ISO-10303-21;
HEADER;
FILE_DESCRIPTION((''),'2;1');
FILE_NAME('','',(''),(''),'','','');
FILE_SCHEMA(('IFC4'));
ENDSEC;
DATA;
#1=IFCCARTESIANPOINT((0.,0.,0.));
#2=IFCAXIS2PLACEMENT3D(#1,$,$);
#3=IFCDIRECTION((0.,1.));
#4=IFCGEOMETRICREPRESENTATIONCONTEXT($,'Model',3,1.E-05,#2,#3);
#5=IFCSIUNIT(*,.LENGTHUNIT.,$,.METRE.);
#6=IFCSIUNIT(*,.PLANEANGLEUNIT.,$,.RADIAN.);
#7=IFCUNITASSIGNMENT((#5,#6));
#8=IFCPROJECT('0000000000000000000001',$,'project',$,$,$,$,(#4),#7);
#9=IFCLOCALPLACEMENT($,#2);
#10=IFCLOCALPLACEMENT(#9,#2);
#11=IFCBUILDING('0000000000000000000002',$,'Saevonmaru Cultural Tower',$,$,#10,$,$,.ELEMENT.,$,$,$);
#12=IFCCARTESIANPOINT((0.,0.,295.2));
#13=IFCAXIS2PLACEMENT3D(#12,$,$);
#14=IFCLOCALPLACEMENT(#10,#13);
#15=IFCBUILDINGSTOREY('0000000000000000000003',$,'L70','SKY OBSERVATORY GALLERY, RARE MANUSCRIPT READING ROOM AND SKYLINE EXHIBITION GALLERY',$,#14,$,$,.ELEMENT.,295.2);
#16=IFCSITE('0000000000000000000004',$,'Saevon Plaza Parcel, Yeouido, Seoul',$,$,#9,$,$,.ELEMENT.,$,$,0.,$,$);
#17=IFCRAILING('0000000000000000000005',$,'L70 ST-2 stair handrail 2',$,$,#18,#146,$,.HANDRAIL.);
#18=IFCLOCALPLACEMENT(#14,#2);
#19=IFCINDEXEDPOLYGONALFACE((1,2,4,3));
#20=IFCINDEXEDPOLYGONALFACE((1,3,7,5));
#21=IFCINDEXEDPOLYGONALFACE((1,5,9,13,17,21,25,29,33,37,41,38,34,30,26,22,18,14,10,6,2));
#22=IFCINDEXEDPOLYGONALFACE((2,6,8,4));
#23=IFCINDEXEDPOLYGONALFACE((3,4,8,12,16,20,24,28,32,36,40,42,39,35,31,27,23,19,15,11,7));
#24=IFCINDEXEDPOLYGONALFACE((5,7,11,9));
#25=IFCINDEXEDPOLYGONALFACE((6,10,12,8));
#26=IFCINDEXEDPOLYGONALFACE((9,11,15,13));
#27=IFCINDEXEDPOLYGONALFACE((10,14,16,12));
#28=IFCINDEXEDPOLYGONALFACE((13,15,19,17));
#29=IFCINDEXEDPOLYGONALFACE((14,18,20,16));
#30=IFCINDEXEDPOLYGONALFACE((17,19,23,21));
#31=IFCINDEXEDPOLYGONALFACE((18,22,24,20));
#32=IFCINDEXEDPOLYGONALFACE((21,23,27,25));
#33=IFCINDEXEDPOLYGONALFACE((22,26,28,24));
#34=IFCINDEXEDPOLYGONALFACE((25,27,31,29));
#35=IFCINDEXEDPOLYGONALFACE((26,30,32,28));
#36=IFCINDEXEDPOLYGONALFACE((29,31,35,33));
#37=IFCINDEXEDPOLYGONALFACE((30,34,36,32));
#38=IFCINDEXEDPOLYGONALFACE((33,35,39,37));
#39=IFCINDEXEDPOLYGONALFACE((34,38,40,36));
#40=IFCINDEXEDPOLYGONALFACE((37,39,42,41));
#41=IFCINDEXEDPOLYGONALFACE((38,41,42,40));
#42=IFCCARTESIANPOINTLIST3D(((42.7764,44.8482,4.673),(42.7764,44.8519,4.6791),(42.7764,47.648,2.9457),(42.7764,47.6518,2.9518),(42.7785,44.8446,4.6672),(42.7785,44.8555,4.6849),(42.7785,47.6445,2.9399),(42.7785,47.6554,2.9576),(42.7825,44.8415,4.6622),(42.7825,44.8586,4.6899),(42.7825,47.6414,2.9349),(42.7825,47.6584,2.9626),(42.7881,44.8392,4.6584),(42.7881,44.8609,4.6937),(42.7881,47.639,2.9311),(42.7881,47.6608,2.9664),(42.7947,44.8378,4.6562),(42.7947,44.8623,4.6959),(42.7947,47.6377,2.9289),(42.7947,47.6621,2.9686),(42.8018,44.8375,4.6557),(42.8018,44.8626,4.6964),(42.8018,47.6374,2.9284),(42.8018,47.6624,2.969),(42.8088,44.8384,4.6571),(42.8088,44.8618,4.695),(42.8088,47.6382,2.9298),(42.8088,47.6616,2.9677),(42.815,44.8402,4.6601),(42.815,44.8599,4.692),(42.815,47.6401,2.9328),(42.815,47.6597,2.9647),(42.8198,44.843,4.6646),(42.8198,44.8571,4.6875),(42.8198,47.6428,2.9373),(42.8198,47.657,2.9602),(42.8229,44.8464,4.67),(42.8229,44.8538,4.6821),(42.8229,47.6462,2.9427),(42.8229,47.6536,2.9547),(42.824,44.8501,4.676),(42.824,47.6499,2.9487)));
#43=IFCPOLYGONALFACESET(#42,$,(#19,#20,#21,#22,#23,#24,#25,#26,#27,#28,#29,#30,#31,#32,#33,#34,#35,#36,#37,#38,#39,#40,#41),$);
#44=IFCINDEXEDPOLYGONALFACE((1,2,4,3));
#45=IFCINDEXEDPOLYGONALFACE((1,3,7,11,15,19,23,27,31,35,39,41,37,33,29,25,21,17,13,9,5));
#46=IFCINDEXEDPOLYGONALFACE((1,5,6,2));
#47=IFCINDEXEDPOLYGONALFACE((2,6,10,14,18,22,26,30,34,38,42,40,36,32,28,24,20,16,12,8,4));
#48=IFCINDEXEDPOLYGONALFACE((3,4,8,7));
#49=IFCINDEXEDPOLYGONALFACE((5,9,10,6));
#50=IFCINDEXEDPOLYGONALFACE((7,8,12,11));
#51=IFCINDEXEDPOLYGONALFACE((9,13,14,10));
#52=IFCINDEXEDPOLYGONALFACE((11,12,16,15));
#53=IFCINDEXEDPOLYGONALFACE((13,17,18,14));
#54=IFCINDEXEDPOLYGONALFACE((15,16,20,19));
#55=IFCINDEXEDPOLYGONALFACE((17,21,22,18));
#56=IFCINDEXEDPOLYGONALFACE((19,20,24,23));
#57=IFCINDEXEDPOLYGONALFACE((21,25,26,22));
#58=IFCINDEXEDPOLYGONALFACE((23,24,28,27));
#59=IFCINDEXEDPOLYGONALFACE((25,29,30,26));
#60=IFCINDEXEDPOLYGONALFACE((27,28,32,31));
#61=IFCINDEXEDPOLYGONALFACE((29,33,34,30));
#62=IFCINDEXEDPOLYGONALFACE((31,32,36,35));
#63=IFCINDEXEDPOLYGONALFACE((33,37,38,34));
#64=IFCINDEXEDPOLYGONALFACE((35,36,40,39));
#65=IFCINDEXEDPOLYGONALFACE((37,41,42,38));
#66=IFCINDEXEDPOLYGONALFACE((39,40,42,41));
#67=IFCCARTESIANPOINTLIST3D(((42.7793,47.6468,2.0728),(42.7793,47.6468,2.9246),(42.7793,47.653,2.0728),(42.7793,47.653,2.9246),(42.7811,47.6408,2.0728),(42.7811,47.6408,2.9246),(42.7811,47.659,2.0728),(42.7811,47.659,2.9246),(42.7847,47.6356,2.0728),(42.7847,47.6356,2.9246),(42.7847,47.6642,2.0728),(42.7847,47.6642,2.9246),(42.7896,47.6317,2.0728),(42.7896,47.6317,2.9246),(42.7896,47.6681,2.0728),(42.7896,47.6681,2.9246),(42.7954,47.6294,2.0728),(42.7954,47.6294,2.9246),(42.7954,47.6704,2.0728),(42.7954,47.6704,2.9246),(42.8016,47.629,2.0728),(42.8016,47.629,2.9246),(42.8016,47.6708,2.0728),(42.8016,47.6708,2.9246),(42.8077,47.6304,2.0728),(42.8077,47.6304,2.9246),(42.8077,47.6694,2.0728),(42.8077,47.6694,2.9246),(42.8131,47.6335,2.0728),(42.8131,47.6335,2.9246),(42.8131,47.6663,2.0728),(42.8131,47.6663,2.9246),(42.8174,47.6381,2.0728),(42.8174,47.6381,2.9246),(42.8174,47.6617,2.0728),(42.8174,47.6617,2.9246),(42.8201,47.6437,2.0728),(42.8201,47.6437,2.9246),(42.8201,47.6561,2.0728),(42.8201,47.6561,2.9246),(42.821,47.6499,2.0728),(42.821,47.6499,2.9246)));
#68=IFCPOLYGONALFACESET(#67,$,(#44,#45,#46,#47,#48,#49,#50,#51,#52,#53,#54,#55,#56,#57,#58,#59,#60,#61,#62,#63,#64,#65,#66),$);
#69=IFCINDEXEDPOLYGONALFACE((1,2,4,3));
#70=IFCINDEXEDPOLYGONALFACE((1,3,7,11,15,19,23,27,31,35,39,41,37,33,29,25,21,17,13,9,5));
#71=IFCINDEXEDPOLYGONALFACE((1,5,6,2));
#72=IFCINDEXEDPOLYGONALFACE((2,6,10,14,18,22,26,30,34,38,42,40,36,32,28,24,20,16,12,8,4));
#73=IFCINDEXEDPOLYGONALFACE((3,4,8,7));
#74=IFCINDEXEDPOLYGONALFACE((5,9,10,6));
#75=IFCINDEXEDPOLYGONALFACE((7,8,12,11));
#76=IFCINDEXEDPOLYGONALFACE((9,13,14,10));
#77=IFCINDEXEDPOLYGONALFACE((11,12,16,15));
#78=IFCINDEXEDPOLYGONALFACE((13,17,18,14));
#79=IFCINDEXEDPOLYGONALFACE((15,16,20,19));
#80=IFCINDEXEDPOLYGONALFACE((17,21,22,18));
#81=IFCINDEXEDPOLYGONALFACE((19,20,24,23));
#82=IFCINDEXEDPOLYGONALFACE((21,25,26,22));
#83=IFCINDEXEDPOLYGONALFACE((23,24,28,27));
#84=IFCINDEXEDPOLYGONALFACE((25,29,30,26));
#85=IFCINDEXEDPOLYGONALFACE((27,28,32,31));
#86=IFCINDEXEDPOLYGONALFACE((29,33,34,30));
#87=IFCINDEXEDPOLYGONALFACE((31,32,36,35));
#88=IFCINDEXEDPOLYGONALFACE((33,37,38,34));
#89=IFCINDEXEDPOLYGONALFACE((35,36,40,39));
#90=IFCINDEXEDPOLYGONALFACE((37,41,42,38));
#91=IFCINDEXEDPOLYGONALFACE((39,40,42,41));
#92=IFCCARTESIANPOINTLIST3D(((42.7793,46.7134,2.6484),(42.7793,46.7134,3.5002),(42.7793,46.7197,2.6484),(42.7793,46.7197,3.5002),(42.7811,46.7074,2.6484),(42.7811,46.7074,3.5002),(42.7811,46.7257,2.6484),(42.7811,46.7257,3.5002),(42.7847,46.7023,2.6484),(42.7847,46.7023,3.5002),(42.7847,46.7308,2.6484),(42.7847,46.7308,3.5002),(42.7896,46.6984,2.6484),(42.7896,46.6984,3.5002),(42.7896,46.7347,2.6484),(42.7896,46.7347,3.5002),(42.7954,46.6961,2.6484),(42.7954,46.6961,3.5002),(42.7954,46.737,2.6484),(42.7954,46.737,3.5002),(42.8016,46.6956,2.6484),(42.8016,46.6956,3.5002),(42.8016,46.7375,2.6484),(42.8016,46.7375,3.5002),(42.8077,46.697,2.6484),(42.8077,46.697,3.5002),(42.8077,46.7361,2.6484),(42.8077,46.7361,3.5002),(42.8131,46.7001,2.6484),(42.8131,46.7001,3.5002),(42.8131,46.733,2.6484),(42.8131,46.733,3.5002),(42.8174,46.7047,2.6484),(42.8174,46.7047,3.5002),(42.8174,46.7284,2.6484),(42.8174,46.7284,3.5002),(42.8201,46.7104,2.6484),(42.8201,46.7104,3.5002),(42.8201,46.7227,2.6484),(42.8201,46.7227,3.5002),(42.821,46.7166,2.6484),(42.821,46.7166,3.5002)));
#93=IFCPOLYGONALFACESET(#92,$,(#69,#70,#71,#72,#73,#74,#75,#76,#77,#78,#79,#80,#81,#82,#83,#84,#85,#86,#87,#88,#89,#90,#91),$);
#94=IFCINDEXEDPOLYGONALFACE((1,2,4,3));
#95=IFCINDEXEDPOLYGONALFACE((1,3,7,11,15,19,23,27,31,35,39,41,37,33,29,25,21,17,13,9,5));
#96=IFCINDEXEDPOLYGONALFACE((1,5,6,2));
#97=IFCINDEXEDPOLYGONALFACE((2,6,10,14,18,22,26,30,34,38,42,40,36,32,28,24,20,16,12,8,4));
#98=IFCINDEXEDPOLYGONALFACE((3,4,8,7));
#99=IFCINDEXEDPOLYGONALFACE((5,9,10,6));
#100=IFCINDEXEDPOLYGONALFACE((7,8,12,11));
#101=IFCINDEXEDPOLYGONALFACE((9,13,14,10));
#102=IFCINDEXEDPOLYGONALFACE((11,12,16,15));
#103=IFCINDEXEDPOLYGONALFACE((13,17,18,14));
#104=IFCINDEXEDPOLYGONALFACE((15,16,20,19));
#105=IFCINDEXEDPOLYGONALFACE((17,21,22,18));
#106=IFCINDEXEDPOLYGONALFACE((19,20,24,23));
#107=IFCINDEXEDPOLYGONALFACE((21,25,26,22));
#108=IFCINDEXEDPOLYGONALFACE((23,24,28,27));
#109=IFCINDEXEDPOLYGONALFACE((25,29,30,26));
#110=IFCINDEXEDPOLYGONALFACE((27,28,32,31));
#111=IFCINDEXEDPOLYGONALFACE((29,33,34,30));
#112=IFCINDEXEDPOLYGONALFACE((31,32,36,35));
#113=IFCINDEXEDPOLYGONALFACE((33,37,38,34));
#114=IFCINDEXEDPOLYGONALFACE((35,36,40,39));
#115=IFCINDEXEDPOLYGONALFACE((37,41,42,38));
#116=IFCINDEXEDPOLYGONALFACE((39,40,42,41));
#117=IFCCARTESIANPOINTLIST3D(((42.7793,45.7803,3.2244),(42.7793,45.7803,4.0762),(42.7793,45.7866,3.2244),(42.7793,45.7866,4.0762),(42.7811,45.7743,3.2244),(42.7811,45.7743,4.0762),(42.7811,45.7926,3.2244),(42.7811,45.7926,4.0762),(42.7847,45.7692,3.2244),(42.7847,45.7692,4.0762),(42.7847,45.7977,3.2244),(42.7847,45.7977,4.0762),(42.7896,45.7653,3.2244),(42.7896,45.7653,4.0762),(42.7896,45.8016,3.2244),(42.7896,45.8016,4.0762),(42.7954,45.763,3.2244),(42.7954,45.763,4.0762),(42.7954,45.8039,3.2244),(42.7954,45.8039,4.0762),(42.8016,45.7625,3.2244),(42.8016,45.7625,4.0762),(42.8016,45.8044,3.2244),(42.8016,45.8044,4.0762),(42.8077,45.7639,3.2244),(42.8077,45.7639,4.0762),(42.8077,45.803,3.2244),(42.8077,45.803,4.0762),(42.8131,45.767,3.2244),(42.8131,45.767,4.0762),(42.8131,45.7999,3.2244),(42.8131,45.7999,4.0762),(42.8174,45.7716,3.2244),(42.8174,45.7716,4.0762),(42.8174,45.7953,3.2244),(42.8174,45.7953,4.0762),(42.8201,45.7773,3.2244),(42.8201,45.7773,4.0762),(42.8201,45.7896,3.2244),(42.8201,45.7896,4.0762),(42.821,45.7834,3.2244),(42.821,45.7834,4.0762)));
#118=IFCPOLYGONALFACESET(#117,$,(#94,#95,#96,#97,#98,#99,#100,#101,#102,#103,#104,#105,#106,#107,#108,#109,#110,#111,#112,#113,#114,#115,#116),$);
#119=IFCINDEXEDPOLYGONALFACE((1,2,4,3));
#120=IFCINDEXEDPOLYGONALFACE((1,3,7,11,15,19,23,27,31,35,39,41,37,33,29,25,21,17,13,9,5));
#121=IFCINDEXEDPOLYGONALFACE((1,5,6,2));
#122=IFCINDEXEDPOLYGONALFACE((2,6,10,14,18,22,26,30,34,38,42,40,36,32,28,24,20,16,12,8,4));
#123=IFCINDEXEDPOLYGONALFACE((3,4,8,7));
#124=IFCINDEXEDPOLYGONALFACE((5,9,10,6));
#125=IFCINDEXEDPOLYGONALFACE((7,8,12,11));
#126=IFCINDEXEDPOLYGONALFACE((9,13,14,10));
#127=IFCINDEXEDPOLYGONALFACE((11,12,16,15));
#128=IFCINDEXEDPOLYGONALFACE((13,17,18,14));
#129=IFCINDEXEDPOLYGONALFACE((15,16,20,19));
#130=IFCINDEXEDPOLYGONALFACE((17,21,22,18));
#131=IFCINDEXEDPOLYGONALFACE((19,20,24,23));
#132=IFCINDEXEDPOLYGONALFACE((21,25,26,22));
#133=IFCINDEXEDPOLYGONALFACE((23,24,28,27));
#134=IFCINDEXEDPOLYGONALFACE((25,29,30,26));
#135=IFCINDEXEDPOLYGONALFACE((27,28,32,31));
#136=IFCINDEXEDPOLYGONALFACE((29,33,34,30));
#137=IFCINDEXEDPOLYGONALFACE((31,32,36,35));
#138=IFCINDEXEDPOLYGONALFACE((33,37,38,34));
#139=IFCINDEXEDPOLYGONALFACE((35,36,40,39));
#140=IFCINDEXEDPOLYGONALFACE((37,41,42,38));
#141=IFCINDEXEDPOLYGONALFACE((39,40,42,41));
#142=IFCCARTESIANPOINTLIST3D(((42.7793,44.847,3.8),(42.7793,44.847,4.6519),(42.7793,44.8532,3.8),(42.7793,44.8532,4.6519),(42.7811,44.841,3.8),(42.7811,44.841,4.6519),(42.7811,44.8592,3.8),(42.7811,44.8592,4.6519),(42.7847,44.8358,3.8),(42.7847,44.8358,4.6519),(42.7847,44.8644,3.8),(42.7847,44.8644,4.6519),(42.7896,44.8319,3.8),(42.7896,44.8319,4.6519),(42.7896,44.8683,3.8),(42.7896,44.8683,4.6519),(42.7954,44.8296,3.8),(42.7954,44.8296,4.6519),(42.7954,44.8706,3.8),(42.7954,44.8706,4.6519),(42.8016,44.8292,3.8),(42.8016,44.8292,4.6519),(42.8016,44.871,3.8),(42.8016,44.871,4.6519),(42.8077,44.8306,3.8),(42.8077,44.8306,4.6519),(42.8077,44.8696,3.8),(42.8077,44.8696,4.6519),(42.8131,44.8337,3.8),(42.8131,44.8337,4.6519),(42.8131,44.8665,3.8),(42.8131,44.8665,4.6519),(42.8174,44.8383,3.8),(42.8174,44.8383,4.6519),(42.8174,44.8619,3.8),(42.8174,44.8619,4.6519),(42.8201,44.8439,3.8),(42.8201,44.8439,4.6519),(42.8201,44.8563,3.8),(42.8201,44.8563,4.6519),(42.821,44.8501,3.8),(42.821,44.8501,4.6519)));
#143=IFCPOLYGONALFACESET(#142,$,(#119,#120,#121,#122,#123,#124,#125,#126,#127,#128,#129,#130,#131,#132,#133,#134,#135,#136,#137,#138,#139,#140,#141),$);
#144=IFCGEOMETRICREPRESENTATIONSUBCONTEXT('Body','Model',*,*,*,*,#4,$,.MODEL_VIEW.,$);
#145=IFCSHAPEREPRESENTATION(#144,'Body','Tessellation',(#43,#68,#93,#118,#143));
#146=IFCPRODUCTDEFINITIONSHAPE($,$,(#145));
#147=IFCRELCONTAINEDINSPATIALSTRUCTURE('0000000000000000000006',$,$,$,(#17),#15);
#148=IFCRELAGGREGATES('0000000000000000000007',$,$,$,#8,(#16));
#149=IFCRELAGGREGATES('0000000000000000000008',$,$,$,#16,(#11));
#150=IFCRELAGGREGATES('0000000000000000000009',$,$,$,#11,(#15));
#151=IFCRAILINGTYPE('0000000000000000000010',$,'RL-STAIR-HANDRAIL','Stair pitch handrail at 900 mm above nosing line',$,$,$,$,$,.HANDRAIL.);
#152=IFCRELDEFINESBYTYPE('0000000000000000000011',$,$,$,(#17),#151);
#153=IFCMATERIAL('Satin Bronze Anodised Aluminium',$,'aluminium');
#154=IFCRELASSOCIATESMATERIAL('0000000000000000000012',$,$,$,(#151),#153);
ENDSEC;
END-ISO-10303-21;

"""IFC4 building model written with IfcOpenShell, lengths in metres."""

from ifc_helpers import new_model, si_unit, direction, frame, origin, origin_2d, place, context, subcontext, project, spatial, circle, extrude, material, type_object, element, save


model = new_model("IFC4")

# Units and contexts
model_context = context("Model", 3, precision=1e-05, world=origin(), true_north=direction((0.0, 1.0)))
body_context = subcontext(model_context, "Body", "Model", "MODEL_VIEW")
ifc_project = project(units=[si_unit("LENGTHUNIT", "METRE"), si_unit("PLANEANGLEUNIT", "RADIAN")], contexts=[model_context])

# Site, building, storey
site_placement = place(None, origin())
site = spatial("IfcSite", under=ifc_project, at=site_placement, Name="Saevon Plaza Parcel, Yeouido, Seoul", CompositionType="ELEMENT", RefElevation=0.0)
building_placement = place(site_placement, origin())
building = spatial("IfcBuilding", under=site, at=building_placement, Name="Saevonmaru Cultural Tower", CompositionType="ELEMENT")
storey_placement = place(building_placement, frame((0.0, 0.0, 295.2)))
storey = spatial("IfcBuildingStorey", under=building, at=storey_placement, Name="L70", Description="SKY OBSERVATORY GALLERY, RARE MANUSCRIPT READING ROOM AND SKYLINE EXHIBITION GALLERY", CompositionType="ELEMENT", Elevation=295.2)

# Shared definitions
ifc_material_1 = material(Name="Satin Bronze Anodised Aluminium", Category="aluminium")

# Railing
railing_type_1 = type_object("IfcRailingType", Name="RL-STAIR-HANDRAIL", Description="Stair pitch handrail at 900 mm above nosing line", PredefinedType="HANDRAIL", material=ifc_material_1)
railing_1_placement = place(storey_placement, frame((42.8, 47.6499, 2.0728)))
element("IfcRailing", 1, at=railing_1_placement, inside=storey, type_object=railing_type_1, Name="L70 ST-2 stair handrail 2", PredefinedType="HANDRAIL", context=body_context, shape_type="SweptSolid", body=[
    extrude(circle(Radius=0.0239, at=origin_2d()), frame((0.0, 0.0, 0.876), z_axis=(0.0, -0.851069, 0.525054), x_axis=(1.0, 0.0, 0.0)), (0.0, 0.0, 1.0), 3.2898),
    extrude(circle(Radius=0.021, at=origin_2d()), origin(), (0.0, 0.0, 1.0), 0.8518),
    extrude(circle(Radius=0.021, at=origin_2d()), frame((0.0, -0.9333, 0.5757)), (0.0, 0.0, 1.0), 0.8518),
    extrude(circle(Radius=0.021, at=origin_2d()), frame((0.0, -1.8665, 1.1516)), (0.0, 0.0, 1.0), 0.8518),
    extrude(circle(Radius=0.021, at=origin_2d()), frame((0.0, -2.7998, 1.7273)), (0.0, 0.0, 1.0), 0.8518),
])

save(model, "model.ifc")
